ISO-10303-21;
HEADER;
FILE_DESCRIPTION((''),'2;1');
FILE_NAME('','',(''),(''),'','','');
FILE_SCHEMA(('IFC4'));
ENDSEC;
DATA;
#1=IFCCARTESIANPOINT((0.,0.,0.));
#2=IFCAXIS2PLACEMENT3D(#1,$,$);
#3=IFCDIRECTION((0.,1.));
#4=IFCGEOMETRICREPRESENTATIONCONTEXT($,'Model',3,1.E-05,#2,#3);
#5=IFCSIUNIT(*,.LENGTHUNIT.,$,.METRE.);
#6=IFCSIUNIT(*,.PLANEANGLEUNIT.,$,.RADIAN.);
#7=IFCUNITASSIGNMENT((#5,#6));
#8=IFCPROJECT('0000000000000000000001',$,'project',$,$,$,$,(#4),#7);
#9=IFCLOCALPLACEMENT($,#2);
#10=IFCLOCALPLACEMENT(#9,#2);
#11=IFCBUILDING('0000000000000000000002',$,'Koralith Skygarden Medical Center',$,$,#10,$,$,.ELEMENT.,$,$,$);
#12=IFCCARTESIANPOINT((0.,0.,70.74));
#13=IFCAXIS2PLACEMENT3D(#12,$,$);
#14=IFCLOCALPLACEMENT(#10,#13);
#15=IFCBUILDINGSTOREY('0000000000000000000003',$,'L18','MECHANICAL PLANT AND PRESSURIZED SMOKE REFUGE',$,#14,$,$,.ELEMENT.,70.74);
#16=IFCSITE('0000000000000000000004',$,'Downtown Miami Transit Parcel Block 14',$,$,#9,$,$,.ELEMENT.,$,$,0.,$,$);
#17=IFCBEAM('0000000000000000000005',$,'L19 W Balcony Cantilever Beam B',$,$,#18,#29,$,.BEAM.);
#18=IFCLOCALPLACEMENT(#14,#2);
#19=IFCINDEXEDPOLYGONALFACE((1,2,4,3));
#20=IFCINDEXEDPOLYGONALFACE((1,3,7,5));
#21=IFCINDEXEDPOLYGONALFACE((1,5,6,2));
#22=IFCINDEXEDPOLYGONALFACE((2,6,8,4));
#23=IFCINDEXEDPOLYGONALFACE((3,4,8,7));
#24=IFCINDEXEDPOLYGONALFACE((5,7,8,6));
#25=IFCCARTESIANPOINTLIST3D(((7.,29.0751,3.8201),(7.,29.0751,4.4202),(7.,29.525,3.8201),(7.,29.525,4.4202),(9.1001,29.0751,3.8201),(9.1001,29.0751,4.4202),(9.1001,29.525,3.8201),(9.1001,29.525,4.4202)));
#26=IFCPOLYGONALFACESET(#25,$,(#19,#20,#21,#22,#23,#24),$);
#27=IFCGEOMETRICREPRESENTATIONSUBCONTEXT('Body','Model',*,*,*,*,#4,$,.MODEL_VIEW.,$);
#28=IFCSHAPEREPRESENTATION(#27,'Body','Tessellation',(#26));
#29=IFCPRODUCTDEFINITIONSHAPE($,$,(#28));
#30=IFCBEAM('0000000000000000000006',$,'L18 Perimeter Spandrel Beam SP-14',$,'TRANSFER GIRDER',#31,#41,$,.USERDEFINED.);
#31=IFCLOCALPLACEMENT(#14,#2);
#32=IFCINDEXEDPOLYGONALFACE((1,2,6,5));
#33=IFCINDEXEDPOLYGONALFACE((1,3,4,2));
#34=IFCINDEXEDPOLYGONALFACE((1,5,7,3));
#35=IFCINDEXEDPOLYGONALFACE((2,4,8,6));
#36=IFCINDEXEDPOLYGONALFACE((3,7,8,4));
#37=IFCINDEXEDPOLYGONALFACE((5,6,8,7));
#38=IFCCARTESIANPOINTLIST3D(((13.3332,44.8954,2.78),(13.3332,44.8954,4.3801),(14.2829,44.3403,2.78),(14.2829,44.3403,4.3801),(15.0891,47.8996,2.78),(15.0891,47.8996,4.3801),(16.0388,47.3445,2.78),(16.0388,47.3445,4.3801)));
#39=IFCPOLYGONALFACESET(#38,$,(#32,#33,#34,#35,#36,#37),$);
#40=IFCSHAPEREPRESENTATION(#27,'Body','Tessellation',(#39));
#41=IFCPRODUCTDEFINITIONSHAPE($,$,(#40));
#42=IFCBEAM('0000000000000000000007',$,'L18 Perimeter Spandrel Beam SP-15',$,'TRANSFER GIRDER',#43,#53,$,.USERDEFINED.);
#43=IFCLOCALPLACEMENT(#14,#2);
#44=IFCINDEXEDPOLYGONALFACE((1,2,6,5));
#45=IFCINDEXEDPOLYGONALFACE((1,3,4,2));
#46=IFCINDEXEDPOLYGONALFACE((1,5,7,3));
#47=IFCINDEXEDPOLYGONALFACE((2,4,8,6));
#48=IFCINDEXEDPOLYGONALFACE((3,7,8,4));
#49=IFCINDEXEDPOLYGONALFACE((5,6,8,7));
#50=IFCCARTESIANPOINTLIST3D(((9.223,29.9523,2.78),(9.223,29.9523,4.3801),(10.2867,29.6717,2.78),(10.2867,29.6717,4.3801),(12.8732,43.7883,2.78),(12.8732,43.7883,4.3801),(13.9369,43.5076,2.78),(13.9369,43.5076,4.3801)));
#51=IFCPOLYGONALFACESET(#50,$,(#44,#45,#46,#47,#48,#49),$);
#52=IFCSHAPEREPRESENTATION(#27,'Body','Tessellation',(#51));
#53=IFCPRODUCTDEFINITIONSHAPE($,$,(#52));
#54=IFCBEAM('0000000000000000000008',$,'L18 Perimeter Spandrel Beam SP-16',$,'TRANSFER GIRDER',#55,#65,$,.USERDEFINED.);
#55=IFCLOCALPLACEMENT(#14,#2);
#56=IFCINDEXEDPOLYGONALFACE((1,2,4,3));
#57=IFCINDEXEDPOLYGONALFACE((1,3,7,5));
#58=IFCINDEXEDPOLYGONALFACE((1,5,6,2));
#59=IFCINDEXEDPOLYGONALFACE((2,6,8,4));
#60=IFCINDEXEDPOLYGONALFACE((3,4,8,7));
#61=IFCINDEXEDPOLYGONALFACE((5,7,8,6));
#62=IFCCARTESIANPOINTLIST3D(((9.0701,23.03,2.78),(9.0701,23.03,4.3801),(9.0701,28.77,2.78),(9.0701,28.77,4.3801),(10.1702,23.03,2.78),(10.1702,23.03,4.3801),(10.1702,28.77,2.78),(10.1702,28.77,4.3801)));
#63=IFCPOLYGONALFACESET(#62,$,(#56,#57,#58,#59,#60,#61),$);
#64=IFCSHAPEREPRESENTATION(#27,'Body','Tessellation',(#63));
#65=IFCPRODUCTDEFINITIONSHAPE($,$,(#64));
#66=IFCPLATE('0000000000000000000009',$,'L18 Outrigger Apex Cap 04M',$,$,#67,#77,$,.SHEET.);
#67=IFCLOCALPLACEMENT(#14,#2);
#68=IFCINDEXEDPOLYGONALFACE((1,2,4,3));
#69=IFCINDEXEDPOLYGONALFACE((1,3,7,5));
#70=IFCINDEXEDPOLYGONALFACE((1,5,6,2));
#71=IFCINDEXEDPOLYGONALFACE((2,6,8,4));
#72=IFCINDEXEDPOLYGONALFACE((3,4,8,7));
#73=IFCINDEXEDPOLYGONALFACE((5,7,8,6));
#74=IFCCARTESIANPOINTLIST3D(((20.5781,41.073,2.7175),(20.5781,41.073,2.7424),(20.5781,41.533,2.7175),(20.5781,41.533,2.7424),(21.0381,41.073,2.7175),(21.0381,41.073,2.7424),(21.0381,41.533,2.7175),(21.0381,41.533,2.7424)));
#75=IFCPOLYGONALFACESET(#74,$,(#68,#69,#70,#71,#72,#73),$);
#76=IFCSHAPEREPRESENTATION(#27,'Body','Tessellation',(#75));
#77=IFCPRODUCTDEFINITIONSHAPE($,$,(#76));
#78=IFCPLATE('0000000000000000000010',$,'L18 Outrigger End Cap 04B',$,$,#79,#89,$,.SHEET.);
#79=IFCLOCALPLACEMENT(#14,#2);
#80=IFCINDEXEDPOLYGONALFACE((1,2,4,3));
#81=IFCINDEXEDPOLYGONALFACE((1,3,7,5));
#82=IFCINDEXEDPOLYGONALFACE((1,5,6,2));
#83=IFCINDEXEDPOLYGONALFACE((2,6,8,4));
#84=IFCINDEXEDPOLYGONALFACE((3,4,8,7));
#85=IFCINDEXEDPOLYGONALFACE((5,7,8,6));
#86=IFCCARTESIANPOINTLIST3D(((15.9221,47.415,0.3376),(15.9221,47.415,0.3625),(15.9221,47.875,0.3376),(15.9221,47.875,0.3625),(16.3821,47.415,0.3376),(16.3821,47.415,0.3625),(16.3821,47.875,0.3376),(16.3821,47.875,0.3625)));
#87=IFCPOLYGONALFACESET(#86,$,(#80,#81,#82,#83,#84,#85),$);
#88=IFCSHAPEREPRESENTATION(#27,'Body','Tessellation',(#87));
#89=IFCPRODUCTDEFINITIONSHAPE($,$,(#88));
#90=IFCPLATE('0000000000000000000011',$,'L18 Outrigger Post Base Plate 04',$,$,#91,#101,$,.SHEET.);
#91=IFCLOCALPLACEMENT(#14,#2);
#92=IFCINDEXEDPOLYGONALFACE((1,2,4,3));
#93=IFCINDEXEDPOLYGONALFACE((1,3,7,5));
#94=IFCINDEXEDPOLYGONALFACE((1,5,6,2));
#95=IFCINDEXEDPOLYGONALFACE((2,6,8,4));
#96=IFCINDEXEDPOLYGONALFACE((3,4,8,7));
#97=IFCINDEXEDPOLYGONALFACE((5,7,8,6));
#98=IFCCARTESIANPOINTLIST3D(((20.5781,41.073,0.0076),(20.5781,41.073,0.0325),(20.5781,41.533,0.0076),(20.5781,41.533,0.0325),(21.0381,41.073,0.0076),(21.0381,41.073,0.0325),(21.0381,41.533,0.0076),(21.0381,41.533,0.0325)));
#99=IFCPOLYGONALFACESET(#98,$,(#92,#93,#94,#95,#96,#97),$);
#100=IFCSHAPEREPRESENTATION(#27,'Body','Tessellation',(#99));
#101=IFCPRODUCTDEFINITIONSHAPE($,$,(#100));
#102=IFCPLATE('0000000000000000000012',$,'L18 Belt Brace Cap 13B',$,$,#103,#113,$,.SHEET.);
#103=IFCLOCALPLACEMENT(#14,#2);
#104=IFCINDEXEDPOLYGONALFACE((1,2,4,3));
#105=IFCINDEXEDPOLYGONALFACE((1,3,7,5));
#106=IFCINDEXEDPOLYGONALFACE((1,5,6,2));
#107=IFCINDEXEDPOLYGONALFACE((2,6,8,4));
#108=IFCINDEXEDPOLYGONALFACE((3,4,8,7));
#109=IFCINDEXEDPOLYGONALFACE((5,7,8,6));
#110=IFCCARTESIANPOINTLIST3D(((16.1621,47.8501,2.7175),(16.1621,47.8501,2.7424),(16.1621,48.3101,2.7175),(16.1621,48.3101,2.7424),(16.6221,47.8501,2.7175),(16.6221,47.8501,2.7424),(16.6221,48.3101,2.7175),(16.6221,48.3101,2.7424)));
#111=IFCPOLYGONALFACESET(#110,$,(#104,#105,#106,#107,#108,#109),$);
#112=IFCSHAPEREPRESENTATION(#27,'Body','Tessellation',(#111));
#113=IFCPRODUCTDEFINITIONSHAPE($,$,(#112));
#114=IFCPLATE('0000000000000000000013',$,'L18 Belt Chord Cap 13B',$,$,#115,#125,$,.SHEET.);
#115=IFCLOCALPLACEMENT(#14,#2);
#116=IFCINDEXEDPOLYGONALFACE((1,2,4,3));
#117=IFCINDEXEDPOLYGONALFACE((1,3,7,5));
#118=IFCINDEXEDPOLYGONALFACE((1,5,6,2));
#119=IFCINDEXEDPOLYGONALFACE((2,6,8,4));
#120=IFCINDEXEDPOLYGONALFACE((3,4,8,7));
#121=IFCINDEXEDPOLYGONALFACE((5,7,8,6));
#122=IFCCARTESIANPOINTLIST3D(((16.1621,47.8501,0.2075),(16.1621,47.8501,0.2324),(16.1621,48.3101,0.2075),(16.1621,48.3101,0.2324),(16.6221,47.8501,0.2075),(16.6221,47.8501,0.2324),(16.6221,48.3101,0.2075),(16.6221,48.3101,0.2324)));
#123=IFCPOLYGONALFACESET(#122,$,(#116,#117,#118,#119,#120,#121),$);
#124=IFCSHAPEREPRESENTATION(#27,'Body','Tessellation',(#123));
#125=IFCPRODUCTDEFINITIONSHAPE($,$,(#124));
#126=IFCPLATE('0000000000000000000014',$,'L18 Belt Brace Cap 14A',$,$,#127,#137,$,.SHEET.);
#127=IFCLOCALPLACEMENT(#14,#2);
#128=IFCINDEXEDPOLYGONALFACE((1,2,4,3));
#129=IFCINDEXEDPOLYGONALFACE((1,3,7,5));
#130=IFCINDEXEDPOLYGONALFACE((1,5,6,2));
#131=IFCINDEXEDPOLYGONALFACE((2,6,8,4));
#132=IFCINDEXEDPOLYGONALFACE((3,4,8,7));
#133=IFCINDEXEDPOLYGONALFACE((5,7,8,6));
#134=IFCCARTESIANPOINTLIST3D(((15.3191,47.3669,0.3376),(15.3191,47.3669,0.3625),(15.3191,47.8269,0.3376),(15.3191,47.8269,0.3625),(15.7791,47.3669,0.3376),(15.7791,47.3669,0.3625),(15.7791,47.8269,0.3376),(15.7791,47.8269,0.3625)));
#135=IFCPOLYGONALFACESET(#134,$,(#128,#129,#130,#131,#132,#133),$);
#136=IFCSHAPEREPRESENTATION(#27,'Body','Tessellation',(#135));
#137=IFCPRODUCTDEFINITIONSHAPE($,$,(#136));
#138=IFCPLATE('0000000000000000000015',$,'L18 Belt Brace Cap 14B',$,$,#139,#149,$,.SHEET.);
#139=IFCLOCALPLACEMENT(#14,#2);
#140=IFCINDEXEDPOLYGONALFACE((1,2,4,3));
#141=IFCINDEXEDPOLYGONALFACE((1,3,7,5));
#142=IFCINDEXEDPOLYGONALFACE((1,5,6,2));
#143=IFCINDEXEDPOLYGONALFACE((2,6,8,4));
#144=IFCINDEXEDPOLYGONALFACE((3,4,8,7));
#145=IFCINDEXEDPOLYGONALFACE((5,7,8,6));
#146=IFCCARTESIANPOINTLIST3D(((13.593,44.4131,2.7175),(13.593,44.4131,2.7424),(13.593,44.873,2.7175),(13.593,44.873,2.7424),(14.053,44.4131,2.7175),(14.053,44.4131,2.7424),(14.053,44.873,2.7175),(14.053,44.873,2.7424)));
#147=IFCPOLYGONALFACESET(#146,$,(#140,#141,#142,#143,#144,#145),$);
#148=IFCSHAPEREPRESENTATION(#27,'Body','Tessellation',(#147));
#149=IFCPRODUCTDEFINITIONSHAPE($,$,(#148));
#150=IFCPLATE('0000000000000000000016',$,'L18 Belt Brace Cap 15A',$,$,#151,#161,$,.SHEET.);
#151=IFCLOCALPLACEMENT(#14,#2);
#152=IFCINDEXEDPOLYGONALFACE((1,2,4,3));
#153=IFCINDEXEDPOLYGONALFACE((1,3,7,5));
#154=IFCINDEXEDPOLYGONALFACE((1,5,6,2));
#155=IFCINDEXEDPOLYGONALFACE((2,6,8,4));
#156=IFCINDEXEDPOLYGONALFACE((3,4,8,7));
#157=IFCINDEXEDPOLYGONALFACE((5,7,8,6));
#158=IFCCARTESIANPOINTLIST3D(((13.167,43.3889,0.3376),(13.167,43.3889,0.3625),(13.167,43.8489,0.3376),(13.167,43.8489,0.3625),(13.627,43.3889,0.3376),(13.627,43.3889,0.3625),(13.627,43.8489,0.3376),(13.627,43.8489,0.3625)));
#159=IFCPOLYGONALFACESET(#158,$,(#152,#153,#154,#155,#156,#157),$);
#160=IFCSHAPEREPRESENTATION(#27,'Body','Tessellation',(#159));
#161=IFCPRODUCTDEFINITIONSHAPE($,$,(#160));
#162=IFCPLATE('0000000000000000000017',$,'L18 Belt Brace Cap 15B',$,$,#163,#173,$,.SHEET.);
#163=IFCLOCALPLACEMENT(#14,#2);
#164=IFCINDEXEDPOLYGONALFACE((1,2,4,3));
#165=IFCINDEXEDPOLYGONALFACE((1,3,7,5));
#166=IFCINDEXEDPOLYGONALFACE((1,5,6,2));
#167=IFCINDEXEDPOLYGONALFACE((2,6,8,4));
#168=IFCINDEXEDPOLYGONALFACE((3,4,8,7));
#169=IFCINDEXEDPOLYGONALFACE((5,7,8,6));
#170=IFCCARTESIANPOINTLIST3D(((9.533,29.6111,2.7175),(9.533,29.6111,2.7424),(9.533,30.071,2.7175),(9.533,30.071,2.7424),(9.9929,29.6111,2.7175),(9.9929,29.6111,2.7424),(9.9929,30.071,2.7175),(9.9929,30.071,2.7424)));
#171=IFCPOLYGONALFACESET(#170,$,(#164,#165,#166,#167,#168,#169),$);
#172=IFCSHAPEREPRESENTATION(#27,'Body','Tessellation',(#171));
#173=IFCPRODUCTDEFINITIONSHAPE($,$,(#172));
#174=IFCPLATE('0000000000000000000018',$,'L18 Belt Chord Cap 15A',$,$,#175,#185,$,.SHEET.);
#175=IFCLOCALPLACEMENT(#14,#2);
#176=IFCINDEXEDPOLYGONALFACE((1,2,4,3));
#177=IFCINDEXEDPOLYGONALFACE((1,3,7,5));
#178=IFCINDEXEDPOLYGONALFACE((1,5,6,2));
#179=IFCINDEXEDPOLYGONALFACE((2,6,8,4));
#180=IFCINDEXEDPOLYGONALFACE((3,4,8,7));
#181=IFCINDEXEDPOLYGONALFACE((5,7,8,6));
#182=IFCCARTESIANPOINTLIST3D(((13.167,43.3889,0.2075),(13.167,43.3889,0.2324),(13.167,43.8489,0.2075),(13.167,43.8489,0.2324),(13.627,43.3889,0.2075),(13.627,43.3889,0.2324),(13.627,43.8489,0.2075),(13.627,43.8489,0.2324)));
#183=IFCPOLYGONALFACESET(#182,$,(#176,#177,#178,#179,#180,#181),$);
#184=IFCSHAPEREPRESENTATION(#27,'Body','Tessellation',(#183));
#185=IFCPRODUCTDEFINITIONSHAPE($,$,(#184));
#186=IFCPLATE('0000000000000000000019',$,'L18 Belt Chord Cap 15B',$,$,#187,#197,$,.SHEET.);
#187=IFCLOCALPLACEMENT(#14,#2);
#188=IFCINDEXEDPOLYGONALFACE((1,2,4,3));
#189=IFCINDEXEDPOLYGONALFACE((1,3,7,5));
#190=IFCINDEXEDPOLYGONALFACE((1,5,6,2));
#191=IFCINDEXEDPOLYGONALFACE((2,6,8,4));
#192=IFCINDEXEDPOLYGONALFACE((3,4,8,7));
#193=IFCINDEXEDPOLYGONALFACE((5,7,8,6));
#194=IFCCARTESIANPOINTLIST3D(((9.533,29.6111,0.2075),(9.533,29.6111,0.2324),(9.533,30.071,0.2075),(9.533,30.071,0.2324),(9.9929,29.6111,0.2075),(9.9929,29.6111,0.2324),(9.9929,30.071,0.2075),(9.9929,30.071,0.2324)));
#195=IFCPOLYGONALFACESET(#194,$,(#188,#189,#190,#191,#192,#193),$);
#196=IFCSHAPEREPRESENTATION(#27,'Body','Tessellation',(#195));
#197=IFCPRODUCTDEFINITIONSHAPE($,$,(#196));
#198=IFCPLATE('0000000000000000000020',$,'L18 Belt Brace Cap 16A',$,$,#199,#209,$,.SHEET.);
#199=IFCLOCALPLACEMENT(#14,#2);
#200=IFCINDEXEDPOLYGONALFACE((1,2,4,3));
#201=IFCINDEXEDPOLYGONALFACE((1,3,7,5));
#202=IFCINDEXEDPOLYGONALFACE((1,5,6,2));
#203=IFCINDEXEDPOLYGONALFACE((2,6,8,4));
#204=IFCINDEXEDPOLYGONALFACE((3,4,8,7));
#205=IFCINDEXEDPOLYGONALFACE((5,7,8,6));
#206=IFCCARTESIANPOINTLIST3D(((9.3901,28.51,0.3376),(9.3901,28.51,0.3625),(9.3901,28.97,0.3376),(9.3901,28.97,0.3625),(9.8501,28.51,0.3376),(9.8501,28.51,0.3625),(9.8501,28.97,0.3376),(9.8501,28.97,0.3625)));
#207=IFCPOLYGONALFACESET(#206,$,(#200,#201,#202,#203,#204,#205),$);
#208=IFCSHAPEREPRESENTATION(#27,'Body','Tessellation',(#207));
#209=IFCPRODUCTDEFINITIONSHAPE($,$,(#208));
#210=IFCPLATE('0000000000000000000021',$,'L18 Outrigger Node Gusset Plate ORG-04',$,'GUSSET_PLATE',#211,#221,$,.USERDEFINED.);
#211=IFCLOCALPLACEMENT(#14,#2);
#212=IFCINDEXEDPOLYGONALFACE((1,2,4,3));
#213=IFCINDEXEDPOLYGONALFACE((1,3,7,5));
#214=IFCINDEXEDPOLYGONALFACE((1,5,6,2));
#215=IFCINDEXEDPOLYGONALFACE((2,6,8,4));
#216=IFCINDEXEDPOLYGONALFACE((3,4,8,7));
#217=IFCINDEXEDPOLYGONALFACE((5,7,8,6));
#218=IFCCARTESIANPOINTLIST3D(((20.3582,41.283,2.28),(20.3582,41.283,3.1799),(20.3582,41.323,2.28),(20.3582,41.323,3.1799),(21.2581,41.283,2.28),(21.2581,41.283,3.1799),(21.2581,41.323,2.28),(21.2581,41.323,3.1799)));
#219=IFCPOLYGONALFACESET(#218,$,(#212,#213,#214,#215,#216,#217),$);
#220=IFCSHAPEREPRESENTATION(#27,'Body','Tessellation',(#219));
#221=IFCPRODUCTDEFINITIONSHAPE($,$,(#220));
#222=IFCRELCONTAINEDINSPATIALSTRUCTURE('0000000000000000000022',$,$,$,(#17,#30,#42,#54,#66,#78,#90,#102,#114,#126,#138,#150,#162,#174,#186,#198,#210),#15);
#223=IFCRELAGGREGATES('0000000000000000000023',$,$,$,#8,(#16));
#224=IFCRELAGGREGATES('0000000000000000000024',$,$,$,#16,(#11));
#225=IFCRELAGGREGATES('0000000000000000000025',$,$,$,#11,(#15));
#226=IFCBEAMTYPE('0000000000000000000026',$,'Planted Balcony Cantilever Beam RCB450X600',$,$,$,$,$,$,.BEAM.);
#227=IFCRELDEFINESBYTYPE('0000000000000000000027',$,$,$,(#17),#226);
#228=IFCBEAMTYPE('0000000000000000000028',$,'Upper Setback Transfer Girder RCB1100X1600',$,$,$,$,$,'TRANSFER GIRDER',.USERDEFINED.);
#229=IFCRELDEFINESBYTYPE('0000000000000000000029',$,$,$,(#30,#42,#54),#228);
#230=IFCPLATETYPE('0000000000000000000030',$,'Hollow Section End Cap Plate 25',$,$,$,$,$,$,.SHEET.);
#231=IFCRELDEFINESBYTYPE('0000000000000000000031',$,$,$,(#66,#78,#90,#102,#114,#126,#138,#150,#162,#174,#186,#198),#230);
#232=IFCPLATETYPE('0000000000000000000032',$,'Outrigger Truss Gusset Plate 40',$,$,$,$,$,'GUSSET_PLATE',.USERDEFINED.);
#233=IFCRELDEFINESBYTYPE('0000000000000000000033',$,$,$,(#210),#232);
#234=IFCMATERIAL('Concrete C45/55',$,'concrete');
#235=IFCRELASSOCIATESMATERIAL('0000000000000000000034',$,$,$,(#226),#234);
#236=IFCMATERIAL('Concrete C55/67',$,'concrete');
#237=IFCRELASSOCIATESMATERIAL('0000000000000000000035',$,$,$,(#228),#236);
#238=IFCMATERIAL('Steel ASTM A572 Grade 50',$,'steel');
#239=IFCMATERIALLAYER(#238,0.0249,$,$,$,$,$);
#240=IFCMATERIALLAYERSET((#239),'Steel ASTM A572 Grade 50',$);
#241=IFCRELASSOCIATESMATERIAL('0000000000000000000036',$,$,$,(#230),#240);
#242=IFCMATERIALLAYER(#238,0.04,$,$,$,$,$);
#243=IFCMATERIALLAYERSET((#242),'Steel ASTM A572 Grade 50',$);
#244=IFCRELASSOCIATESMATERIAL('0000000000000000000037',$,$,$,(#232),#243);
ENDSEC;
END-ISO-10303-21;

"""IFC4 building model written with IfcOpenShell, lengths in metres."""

from ifc_helpers import new_model, si_unit, direction, frame, origin, origin_2d, place, context, subcontext, project, spatial, rectangle, extrude, material, layer, layer_set, material_profile, profile_set, type_object, element, save


model = new_model("IFC4")

# Units and contexts
model_context = context("Model", 3, precision=1e-05, world=origin(), true_north=direction((0.0, 1.0)))
body_context = subcontext(model_context, "Body", "Model", "MODEL_VIEW")
ifc_project = project(units=[si_unit("LENGTHUNIT", "METRE"), si_unit("PLANEANGLEUNIT", "RADIAN")], contexts=[model_context])

# Site, building, storey
site_placement = place(None, origin())
site = spatial("IfcSite", under=ifc_project, at=site_placement, Name="Downtown Miami Transit Parcel Block 14", CompositionType="ELEMENT", RefElevation=0.0)
building_placement = place(site_placement, origin())
building = spatial("IfcBuilding", under=site, at=building_placement, Name="Koralith Skygarden Medical Center", CompositionType="ELEMENT")
storey_placement = place(building_placement, frame((0.0, 0.0, 70.74)))
storey = spatial("IfcBuildingStorey", under=building, at=storey_placement, Name="L18", Description="MECHANICAL PLANT AND PRESSURIZED SMOKE REFUGE", CompositionType="ELEMENT", Elevation=70.74)

# Beams
ifc_material_1 = material(Name="Concrete C45/55", Category="concrete")
ifc_material_profile_1 = material_profile(ifc_material_1, rectangle(XDim=0.45, YDim=0.6001, at=origin_2d()), Name="RCB450X600")
ifc_profile_set_1 = profile_set([ifc_material_profile_1], Name="Concrete C45/55")
beam_type_1 = type_object("IfcBeamType", Name="Planted Balcony Cantilever Beam RCB450X600", PredefinedType="BEAM", material=ifc_profile_set_1)
beam_1_placement = place(storey_placement, frame((9.1001, 29.3, 4.1201), z_axis=(-1.0, 0.0, 0.0), x_axis=(0.0, -1.0, 0.0)))
element("IfcBeam", 1, at=beam_1_placement, inside=storey, type_object=beam_type_1, Name="L19 W Balcony Cantilever Beam B", PredefinedType="BEAM", context=body_context, shape_type="SweptSolid", body=[
    extrude(rectangle(XDim=0.45, YDim=0.6001, at=origin_2d()), origin(), (0.0, 0.0, 1.0), 2.1001),
])
ifc_material_2 = material(Name="Concrete C55/67", Category="concrete")
ifc_material_profile_2 = material_profile(ifc_material_2, rectangle(XDim=1.1001, YDim=1.6001, at=origin_2d()), Name="RCB1100X1600")
ifc_profile_set_2 = profile_set([ifc_material_profile_2], Name="Concrete C55/67")
beam_type_2 = type_object("IfcBeamType", Name="Upper Setback Transfer Girder RCB1100X1600", ElementType="TRANSFER GIRDER", PredefinedType="USERDEFINED", material=ifc_profile_set_2)
beam_2_placement = place(storey_placement, frame((15.564, 47.6221, 3.5801), z_axis=(-0.504608, -0.863349, 0.0), x_axis=(0.863349, -0.504608, 0.0)))
element("IfcBeam", 2, at=beam_2_placement, inside=storey, type_object=beam_type_2, Name="L18 Perimeter Spandrel Beam SP-14", ObjectType="TRANSFER GIRDER", PredefinedType="USERDEFINED", context=body_context, shape_type="SweptSolid", body=[
    extrude(rectangle(XDim=1.1001, YDim=1.6001, at=origin_2d()), origin(), (0.0, 0.0, 1.0), 3.4797),
])
beam_3_placement = place(storey_placement, frame((13.405, 43.6479, 3.5801), z_axis=(-0.255089, -0.966918, 0.0), x_axis=(0.966918, -0.255089, 0.0)))
element("IfcBeam", 3, at=beam_3_placement, inside=storey, type_object=beam_type_2, Name="L18 Perimeter Spandrel Beam SP-15", ObjectType="TRANSFER GIRDER", PredefinedType="USERDEFINED", context=body_context, shape_type="SweptSolid", body=[
    extrude(rectangle(XDim=1.1001, YDim=1.6001, at=origin_2d()), origin(), (0.0, 0.0, 1.0), 14.3093),
])
beam_4_placement = place(storey_placement, frame((9.6201, 28.77, 3.5801), z_axis=(0.0, -1.0, 0.0), x_axis=(1.0, 0.0, 0.0)))
element("IfcBeam", 4, at=beam_4_placement, inside=storey, type_object=beam_type_2, Name="L18 Perimeter Spandrel Beam SP-16", ObjectType="TRANSFER GIRDER", PredefinedType="USERDEFINED", context=body_context, shape_type="SweptSolid", body=[
    extrude(rectangle(XDim=1.1001, YDim=1.6001, at=origin_2d()), origin(), (0.0, 0.0, 1.0), 5.74),
])

# Plates
ifc_material_3 = material(Name="Steel ASTM A572 Grade 50", Category="steel")
ifc_layer_1 = layer(ifc_material_3, 0.0249)
ifc_layer_set_1 = layer_set([ifc_layer_1], Name="Steel ASTM A572 Grade 50")
plate_type_1 = type_object("IfcPlateType", Name="Hollow Section End Cap Plate 25", PredefinedType="SHEET", material=ifc_layer_set_1)
for number, where, z_axis, x_axis, name in (
    (5, (20.8081, 41.303, 2.7175), (0.0, 0.0, 1.0), (1.0, 0.0, 0.0), "L18 Outrigger Apex Cap 04M"),
    (6, (16.1521, 47.645, 0.3376), (0.0, 0.0, 1.0), (1.0, 0.0, 0.0), "L18 Outrigger End Cap 04B"),
    (7, (20.8081, 41.303, 0.0076), (0.0, 0.0, 1.0), (1.0, 0.0, 0.0), "L18 Outrigger Post Base Plate 04"),
    (8, (16.3921, 48.0801, 2.7175), (0.0, 0.0, 1.0), (1.0, 0.0, 0.0), "L18 Belt Brace Cap 13B"),
    (9, (16.3921, 48.0801, 0.2075), (0.0, 0.0, 1.0), (1.0, 0.0, 0.0), "L18 Belt Chord Cap 13B"),
    (10, (15.5491, 47.5969, 0.3376), (0.0, 0.0, 1.0), (1.0, 0.0, 0.0), "L18 Belt Brace Cap 14A"),
    (11, (13.823, 44.6431, 2.7175), (0.0, 0.0, 1.0), (1.0, 0.0, 0.0), "L18 Belt Brace Cap 14B"),
    (12, (13.397, 43.6189, 0.3376), (0.0, 0.0, 1.0), (1.0, 0.0, 0.0), "L18 Belt Brace Cap 15A"),
    (13, (9.7629, 29.8411, 2.7175), (0.0, 0.0, 1.0), (1.0, 0.0, 0.0), "L18 Belt Brace Cap 15B"),
    (14, (13.397, 43.6189, 0.2075), (0.0, 0.0, 1.0), (1.0, 0.0, 0.0), "L18 Belt Chord Cap 15A"),
    (15, (9.7629, 29.8411, 0.2075), (0.0, 0.0, 1.0), (1.0, 0.0, 0.0), "L18 Belt Chord Cap 15B"),
    (16, (9.6201, 28.74, 0.3376), (0.0, 0.0, 1.0), (1.0, 0.0, 0.0), "L18 Belt Brace Cap 16A"),
):
    element("IfcPlate", number, at=place(storey_placement, frame(where, z_axis=z_axis, x_axis=x_axis)), inside=storey, type_object=plate_type_1, Name=name, PredefinedType="SHEET", context=body_context, shape_type="SweptSolid", body=[
        extrude(rectangle(XDim=0.46, YDim=0.46, at=origin_2d()), origin(), (0.0, 0.0, 1.0), 0.0249),
    ])
ifc_layer_2 = layer(ifc_material_3, 0.04)
ifc_layer_set_2 = layer_set([ifc_layer_2], Name="Steel ASTM A572 Grade 50")
plate_type_2 = type_object("IfcPlateType", Name="Outrigger Truss Gusset Plate 40", ElementType="GUSSET_PLATE", PredefinedType="USERDEFINED", material=ifc_layer_set_2)
plate_placement = place(storey_placement, frame((20.8081, 41.303, 2.28), z_axis=(0.0, 0.0, 1.0), x_axis=(1.0, 0.0, 0.0)))
element("IfcPlate", 17, at=plate_placement, inside=storey, type_object=plate_type_2, Name="L18 Outrigger Node Gusset Plate ORG-04", ObjectType="GUSSET_PLATE", PredefinedType="USERDEFINED", context=body_context, shape_type="SweptSolid", body=[
    extrude(rectangle(XDim=0.8999, YDim=0.04, at=origin_2d()), origin(), (0.0, 0.0, 1.0), 0.8999),
])

save(model, "model.ifc")
